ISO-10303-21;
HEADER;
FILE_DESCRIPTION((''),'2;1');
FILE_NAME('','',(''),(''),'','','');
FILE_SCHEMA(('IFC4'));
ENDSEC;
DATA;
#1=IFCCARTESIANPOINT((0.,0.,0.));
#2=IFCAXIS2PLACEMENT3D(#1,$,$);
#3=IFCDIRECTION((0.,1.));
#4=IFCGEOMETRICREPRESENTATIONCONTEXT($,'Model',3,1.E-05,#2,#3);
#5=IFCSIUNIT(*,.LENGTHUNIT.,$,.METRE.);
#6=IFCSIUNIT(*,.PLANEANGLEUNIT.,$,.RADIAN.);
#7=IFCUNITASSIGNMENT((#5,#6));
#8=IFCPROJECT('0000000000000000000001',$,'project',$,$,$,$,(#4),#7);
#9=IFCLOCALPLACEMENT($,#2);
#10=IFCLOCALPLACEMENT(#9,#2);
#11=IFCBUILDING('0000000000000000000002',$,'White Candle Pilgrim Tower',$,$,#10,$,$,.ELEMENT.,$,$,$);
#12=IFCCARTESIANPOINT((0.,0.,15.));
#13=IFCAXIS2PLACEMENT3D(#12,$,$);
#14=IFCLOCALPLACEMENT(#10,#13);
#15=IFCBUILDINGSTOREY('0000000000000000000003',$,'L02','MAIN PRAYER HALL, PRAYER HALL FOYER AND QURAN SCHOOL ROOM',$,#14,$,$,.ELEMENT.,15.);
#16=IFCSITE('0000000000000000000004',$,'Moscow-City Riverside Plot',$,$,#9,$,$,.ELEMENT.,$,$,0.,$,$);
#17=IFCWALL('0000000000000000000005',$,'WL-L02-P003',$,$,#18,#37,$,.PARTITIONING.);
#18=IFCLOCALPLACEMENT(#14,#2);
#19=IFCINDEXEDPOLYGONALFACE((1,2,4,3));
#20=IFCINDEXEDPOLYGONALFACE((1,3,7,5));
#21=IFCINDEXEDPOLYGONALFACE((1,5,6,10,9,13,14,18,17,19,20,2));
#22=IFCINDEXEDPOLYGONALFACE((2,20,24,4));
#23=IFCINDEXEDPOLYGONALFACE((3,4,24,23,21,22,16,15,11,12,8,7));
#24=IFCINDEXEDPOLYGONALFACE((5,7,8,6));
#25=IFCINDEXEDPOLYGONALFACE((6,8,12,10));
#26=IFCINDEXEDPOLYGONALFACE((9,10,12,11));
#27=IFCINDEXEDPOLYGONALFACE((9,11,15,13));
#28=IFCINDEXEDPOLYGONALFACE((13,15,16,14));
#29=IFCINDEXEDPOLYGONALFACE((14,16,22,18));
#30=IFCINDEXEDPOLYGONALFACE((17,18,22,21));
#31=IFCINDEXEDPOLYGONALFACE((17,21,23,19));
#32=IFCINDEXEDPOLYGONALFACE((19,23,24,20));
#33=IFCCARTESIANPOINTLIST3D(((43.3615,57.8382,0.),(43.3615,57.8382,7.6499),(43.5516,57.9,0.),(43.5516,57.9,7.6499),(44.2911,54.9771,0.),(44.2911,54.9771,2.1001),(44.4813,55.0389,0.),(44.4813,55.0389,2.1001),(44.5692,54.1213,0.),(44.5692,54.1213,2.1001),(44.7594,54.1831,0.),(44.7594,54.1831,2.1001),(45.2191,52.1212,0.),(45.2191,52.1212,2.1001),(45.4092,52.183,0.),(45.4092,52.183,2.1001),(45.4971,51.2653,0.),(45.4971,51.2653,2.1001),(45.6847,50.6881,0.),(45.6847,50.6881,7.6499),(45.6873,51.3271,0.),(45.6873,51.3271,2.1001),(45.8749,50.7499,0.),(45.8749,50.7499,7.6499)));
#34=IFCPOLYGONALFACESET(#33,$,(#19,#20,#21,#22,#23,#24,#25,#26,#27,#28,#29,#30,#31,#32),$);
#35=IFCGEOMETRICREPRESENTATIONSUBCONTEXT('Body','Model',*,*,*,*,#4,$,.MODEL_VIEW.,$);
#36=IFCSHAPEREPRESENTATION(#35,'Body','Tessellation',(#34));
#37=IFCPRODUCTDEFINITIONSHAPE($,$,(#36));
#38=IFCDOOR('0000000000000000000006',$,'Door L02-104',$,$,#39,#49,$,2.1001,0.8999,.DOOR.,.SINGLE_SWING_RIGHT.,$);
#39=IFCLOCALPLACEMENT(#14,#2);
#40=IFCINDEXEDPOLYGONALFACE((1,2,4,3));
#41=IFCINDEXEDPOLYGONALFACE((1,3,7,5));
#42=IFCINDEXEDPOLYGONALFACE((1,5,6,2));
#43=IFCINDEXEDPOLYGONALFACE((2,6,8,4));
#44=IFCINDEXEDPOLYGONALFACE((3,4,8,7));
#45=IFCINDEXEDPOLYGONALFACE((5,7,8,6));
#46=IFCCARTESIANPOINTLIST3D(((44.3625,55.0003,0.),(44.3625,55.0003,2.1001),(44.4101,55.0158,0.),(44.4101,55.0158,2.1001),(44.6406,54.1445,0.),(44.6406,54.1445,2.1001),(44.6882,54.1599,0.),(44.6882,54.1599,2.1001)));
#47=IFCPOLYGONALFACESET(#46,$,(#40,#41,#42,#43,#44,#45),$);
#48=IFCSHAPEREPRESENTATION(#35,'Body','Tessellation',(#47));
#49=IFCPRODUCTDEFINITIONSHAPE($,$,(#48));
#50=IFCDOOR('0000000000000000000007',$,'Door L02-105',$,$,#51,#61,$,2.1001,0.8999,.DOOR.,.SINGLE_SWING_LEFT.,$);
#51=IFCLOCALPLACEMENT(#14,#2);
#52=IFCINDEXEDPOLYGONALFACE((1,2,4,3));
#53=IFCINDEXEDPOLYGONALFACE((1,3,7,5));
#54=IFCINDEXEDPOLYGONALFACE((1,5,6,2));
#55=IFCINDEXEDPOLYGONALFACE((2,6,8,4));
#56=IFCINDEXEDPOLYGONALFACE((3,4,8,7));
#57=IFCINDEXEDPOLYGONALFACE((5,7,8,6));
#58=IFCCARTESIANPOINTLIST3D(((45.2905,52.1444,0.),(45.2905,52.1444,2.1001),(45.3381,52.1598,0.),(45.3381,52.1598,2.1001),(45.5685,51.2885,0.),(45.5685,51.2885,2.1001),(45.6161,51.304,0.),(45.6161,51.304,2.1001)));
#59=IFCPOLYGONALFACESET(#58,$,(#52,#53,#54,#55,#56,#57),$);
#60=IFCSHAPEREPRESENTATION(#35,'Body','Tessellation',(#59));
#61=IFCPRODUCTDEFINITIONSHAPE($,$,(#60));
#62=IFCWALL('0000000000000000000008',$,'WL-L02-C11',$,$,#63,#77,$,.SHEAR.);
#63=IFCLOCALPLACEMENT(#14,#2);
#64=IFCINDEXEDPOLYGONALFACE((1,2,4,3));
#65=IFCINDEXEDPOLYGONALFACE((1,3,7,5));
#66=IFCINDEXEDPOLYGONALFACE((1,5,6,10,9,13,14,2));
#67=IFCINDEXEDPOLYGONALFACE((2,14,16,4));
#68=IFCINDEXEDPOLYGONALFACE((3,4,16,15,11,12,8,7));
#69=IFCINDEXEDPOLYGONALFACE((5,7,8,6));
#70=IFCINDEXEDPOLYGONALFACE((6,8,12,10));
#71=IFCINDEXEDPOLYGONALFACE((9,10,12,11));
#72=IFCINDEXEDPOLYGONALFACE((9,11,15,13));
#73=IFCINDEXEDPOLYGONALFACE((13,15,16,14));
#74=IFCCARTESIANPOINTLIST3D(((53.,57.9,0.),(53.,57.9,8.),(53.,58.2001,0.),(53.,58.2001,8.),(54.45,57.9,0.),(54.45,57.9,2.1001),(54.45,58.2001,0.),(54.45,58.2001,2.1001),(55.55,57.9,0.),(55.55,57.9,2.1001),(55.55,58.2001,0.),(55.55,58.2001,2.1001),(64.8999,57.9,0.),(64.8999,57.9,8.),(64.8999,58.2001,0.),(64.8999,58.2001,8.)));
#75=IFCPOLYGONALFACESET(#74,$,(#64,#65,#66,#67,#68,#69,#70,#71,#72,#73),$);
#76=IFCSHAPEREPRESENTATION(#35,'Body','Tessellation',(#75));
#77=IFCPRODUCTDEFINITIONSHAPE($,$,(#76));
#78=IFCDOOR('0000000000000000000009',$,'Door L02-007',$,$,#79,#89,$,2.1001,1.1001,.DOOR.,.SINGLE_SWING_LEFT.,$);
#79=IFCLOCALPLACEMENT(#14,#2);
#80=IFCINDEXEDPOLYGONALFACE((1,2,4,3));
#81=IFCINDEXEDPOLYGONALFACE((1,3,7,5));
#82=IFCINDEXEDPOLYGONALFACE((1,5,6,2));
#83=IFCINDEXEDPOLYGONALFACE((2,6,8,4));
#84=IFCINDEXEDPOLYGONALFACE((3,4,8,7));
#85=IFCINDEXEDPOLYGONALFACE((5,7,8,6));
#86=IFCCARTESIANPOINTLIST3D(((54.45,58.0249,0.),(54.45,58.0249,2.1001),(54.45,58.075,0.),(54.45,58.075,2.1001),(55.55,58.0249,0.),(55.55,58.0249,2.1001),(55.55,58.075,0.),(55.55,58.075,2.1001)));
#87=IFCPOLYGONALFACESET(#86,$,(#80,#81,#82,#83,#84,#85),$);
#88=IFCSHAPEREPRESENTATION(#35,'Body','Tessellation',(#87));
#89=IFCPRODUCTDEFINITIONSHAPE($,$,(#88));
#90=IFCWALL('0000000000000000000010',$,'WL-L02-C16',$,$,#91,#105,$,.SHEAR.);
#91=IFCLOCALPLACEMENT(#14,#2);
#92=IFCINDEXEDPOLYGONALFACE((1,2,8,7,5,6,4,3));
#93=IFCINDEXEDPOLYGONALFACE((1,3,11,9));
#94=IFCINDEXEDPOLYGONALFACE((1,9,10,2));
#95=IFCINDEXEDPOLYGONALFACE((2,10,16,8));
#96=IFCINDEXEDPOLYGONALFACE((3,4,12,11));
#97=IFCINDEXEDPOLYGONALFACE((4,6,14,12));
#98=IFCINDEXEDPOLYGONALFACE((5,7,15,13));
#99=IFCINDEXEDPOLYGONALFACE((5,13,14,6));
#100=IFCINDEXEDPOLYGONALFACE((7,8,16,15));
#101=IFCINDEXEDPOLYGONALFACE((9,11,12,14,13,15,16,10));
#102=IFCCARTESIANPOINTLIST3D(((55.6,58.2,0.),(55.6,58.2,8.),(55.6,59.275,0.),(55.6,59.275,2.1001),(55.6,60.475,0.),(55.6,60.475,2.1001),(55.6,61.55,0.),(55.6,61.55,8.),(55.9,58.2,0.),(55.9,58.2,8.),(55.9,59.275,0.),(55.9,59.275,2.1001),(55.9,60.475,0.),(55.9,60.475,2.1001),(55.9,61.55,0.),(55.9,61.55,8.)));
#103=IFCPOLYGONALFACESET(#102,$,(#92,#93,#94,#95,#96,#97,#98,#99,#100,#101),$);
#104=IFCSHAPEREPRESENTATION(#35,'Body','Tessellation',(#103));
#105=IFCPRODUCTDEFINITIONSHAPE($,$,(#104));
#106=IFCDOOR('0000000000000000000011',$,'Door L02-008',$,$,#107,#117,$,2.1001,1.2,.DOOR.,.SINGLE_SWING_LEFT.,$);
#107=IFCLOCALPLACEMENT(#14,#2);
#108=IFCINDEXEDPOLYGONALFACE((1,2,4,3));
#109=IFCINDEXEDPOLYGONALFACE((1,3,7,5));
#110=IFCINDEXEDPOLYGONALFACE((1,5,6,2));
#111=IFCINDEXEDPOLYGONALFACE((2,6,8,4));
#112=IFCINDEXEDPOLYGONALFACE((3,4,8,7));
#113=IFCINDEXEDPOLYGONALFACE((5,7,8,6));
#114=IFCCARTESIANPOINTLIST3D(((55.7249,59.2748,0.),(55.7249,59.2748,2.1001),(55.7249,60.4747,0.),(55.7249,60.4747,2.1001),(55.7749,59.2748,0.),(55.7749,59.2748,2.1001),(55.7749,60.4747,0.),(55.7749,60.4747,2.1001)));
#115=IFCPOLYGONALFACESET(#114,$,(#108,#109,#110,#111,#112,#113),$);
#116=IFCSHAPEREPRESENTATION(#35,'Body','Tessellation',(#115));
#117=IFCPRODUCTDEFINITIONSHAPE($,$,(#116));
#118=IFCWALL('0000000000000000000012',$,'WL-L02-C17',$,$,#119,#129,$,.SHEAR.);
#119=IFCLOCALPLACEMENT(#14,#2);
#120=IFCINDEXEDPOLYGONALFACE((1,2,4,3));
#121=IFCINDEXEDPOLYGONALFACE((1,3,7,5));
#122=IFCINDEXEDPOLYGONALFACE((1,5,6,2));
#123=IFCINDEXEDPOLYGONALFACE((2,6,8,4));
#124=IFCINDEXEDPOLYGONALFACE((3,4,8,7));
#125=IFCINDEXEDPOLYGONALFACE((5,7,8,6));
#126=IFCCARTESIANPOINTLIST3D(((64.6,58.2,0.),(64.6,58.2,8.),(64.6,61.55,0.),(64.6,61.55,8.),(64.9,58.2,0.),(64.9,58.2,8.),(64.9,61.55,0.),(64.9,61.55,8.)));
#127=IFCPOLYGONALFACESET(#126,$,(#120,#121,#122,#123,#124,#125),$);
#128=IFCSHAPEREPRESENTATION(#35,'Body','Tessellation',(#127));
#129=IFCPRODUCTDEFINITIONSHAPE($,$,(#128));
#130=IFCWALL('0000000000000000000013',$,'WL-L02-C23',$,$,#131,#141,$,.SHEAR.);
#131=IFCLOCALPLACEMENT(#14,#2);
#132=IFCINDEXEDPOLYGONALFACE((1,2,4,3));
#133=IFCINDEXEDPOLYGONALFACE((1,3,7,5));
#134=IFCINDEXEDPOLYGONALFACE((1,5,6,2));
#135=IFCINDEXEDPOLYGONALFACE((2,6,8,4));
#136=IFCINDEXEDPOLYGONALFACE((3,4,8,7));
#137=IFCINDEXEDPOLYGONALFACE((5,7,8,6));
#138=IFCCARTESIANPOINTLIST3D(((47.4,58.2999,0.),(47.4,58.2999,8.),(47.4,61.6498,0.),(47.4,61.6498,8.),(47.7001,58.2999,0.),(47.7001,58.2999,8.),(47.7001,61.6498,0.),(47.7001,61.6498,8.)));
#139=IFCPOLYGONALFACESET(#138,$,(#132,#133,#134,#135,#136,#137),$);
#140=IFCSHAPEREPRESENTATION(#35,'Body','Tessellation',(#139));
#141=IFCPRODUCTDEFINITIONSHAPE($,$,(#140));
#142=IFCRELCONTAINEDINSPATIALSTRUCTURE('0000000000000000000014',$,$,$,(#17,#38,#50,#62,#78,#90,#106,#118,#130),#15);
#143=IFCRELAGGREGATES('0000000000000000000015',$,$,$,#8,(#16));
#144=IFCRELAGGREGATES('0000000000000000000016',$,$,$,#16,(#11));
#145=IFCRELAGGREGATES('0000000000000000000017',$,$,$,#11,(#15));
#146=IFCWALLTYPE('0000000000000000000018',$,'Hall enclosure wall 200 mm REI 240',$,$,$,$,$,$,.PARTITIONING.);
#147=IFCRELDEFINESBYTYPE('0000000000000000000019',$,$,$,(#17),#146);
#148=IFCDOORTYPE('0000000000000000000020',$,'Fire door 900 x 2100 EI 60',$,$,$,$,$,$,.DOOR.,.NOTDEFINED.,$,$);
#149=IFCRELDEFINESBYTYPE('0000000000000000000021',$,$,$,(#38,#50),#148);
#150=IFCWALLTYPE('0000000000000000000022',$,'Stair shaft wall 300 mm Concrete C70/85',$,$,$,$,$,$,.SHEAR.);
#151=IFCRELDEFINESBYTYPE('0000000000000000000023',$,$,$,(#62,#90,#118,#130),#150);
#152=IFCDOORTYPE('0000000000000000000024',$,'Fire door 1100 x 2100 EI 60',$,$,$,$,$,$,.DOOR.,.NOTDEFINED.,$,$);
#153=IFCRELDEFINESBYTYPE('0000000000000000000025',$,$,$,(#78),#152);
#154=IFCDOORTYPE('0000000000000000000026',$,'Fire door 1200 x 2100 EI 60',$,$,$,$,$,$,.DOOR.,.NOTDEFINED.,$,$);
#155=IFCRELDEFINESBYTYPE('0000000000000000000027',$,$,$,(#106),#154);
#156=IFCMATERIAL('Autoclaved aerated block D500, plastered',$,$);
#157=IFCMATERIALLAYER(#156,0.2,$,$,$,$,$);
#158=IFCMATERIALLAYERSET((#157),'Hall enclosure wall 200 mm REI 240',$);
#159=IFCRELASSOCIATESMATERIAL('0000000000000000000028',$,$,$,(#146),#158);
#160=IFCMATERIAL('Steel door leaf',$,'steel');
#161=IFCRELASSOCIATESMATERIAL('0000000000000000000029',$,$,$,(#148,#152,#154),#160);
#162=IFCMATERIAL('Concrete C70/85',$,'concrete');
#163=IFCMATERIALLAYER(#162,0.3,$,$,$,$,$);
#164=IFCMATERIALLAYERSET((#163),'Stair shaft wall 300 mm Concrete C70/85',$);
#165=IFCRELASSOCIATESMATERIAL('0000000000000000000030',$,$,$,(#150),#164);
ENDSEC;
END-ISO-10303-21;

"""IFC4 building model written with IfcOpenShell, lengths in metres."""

from ifc_helpers import new_model, si_unit, direction, frame, frame_2d, origin, place, context, subcontext, project, spatial, rectangle, extrude, material, layer, layer_set, type_object, element, fill, save


model = new_model("IFC4")

# Units and contexts
model_context = context("Model", 3, precision=1e-05, world=origin(), true_north=direction((0.0, 1.0)))
body_context = subcontext(model_context, "Body", "Model", "MODEL_VIEW")
ifc_project = project(units=[si_unit("LENGTHUNIT", "METRE"), si_unit("PLANEANGLEUNIT", "RADIAN")], contexts=[model_context])

# Site, building, storey
site_placement = place(None, origin())
site = spatial("IfcSite", under=ifc_project, at=site_placement, Name="Moscow-City Riverside Plot", CompositionType="ELEMENT", RefElevation=0.0)
building_placement = place(site_placement, origin())
building = spatial("IfcBuilding", under=site, at=building_placement, Name="White Candle Pilgrim Tower", CompositionType="ELEMENT")
storey_placement = place(building_placement, frame((0.0, 0.0, 15.0)))
storey = spatial("IfcBuildingStorey", under=building, at=storey_placement, Name="L02", Description="MAIN PRAYER HALL, PRAYER HALL FOYER AND QURAN SCHOOL ROOM", CompositionType="ELEMENT", Elevation=15.0)

# Shared definitions
ifc_material_1 = material(Name="Concrete C70/85", Category="concrete")

# Wall, openings, doors
ifc_material_2 = material(Name="Autoclaved aerated block D500, plastered")
ifc_layer_1 = layer(ifc_material_2, 0.2)
ifc_layer_set_1 = layer_set([ifc_layer_1], Name="Hall enclosure wall 200 mm REI 240")
wall_type_1 = type_object("IfcWallType", Name="Hall enclosure wall 200 mm REI 240", PredefinedType="PARTITIONING", material=ifc_layer_set_1)
wall_1_placement = place(storey_placement, frame((45.7798, 50.719, 0.0), z_axis=(0.0, 0.0, 1.0), x_axis=(-0.309019, 0.951056, 0.0)))
wall_1 = element("IfcWall", 1, at=wall_1_placement, inside=storey, type_object=wall_type_1, Name="WL-L02-P003", PredefinedType="PARTITIONING", context=body_context, shape_type="SweptSolid", body=[
    extrude(rectangle(XDim=7.5181, YDim=0.2, at=frame_2d((3.759, 0.0))), origin(), (0.0, 0.0, 1.0), 7.6499),
])
opening_1_placement = place(wall_1_placement, frame((3.6099, 0.0, 0.0)))
opening_1 = element("IfcOpeningElement", 2, at=opening_1_placement, cuts=wall_1, PredefinedType="OPENING", context=body_context, shape_type="SweptSolid", body=[
    extrude(rectangle(XDim=0.8999, YDim=2.1001, at=frame_2d((0.45, 1.05))), frame((0.0, 0.1099, 0.0), z_axis=(0.0, -1.0, 0.0), x_axis=(1.0, 0.0, 0.0)), (0.0, 0.0, 1.0), 0.22),
])
opening_2_placement = place(wall_1_placement, frame((0.6069, 0.0, 0.0)))
opening_2 = element("IfcOpeningElement", 3, at=opening_2_placement, cuts=wall_1, PredefinedType="OPENING", context=body_context, shape_type="SweptSolid", body=[
    extrude(rectangle(XDim=0.8999, YDim=2.1001, at=frame_2d((0.45, 1.05))), frame((0.0, 0.1099, 0.0), z_axis=(0.0, -1.0, 0.0), x_axis=(1.0, 0.0, 0.0)), (0.0, 0.0, 1.0), 0.22),
])
ifc_material_3 = material(Name="Steel door leaf", Category="steel")
door_type_1 = type_object("IfcDoorType", Name="Fire door 900 x 2100 EI 60", OperationType="NOTDEFINED", PredefinedType="DOOR", material=ifc_material_3)
door_1_placement = place(opening_1_placement, origin())
door_1 = element("IfcDoor", 4, at=door_1_placement, inside=storey, type_object=door_type_1, Name="Door L02-104", OperationType="SINGLE_SWING_RIGHT", OverallHeight=2.1001, OverallWidth=0.8999, PredefinedType="DOOR", context=body_context, shape_type="SweptSolid", body=[
    extrude(rectangle(XDim=0.8999, YDim=2.1001, at=frame_2d((0.45, 1.05))), frame((0.0, 0.0249, 0.0), z_axis=(0.0, -1.0, 0.0), x_axis=(1.0, 0.0, 0.0)), (0.0, 0.0, 1.0), 0.05),
])
fill(opening_1, door_1)
door_2_placement = place(opening_2_placement, origin())
door_2 = element("IfcDoor", 5, at=door_2_placement, inside=storey, type_object=door_type_1, Name="Door L02-105", OperationType="SINGLE_SWING_LEFT", OverallHeight=2.1001, OverallWidth=0.8999, PredefinedType="DOOR", context=body_context, shape_type="SweptSolid", body=[
    extrude(rectangle(XDim=0.8999, YDim=2.1001, at=frame_2d((0.45, 1.05))), frame((0.0, 0.0249, 0.0), z_axis=(0.0, -1.0, 0.0), x_axis=(1.0, 0.0, 0.0)), (0.0, 0.0, 1.0), 0.05),
])
fill(opening_2, door_2)

# Walls, openings, doors
ifc_layer_2 = layer(ifc_material_1, 0.3)
ifc_layer_set_2 = layer_set([ifc_layer_2], Name="Stair shaft wall 300 mm Concrete C70/85")
wall_type_2 = type_object("IfcWallType", Name="Stair shaft wall 300 mm Concrete C70/85", PredefinedType="SHEAR", material=ifc_layer_set_2)
wall_2_placement = place(storey_placement, frame((53.0, 58.05, 0.0), z_axis=(0.0, 0.0, 1.0), x_axis=(1.0, 0.0, 0.0)))
wall_2 = element("IfcWall", 6, at=wall_2_placement, inside=storey, type_object=wall_type_2, Name="WL-L02-C11", PredefinedType="SHEAR", context=body_context, shape_type="SweptSolid", body=[
    extrude(rectangle(XDim=11.8999, YDim=0.3, at=frame_2d((5.95, 0.0))), origin(), (0.0, 0.0, 1.0), 8.0),
])
opening_3_placement = place(wall_2_placement, frame((1.45, 0.0, 0.0)))
opening_3 = element("IfcOpeningElement", 7, at=opening_3_placement, cuts=wall_2, PredefinedType="OPENING", context=body_context, shape_type="SweptSolid", body=[
    extrude(rectangle(XDim=1.1001, YDim=2.1001, at=frame_2d((0.55, 1.05))), frame((0.0, 0.1599, 0.0), z_axis=(0.0, -1.0, 0.0), x_axis=(1.0, 0.0, 0.0)), (0.0, 0.0, 1.0), 0.3201),
])
door_type_2 = type_object("IfcDoorType", Name="Fire door 1100 x 2100 EI 60", OperationType="NOTDEFINED", PredefinedType="DOOR", material=ifc_material_3)
door_3_placement = place(opening_3_placement, origin())
door_3 = element("IfcDoor", 8, at=door_3_placement, inside=storey, type_object=door_type_2, Name="Door L02-007", OperationType="SINGLE_SWING_LEFT", OverallHeight=2.1001, OverallWidth=1.1001, PredefinedType="DOOR", context=body_context, shape_type="SweptSolid", body=[
    extrude(rectangle(XDim=1.1001, YDim=2.1001, at=frame_2d((0.55, 1.05))), frame((0.0, 0.0249, 0.0), z_axis=(0.0, -1.0, 0.0), x_axis=(1.0, 0.0, 0.0)), (0.0, 0.0, 1.0), 0.05),
])
fill(opening_3, door_3)
wall_3_placement = place(storey_placement, frame((55.75, 58.2, 0.0), z_axis=(0.0, 0.0, 1.0), x_axis=(0.0, 1.0, 0.0)))
wall_3 = element("IfcWall", 9, at=wall_3_placement, inside=storey, type_object=wall_type_2, Name="WL-L02-C16", PredefinedType="SHEAR", context=body_context, shape_type="SweptSolid", body=[
    extrude(rectangle(XDim=3.3501, YDim=0.3, at=frame_2d((1.675, 0.0))), origin(), (0.0, 0.0, 1.0), 8.0),
])
opening_4_placement = place(wall_3_placement, frame((1.075, 0.0, 0.0)))
opening_4 = element("IfcOpeningElement", 10, at=opening_4_placement, cuts=wall_3, PredefinedType="OPENING", context=body_context, shape_type="SweptSolid", body=[
    extrude(rectangle(XDim=1.2, YDim=2.1001, at=frame_2d((0.6001, 1.05))), frame((0.0, 0.1599, 0.0), z_axis=(0.0, -1.0, 0.0), x_axis=(1.0, 0.0, 0.0)), (0.0, 0.0, 1.0), 0.3201),
])
door_type_3 = type_object("IfcDoorType", Name="Fire door 1200 x 2100 EI 60", OperationType="NOTDEFINED", PredefinedType="DOOR", material=ifc_material_3)
door_4_placement = place(opening_4_placement, frame((1.2, 0.0, 0.0), z_axis=(0.0, 0.0, 1.0), x_axis=(-1.0, 0.0, 0.0)))
door_4 = element("IfcDoor", 11, at=door_4_placement, inside=storey, type_object=door_type_3, Name="Door L02-008", OperationType="SINGLE_SWING_LEFT", OverallHeight=2.1001, OverallWidth=1.2, PredefinedType="DOOR", context=body_context, shape_type="SweptSolid", body=[
    extrude(rectangle(XDim=1.2, YDim=2.1001, at=frame_2d((0.6001, 1.05))), frame((0.0, 0.0249, 0.0), z_axis=(0.0, -1.0, 0.0), x_axis=(1.0, 0.0, 0.0)), (0.0, 0.0, 1.0), 0.05),
])
fill(opening_4, door_4)

# Walls
wall_4_placement = place(storey_placement, frame((64.75, 58.2, 0.0), z_axis=(0.0, 0.0, 1.0), x_axis=(0.0, 1.0, 0.0)))
element("IfcWall", 12, at=wall_4_placement, inside=storey, type_object=wall_type_2, Name="WL-L02-C17", PredefinedType="SHEAR", context=body_context, shape_type="SweptSolid", body=[
    extrude(rectangle(XDim=3.3501, YDim=0.3, at=frame_2d((1.675, 0.0))), origin(), (0.0, 0.0, 1.0), 8.0),
])
wall_5_placement = place(storey_placement, frame((47.55, 58.3, 0.0), z_axis=(0.0, 0.0, 1.0), x_axis=(0.0, 1.0, 0.0)))
element("IfcWall", 13, at=wall_5_placement, inside=storey, type_object=wall_type_2, Name="WL-L02-C23", PredefinedType="SHEAR", context=body_context, shape_type="SweptSolid", body=[
    extrude(rectangle(XDim=3.3499, YDim=0.3, at=frame_2d((1.6748, 0.0))), origin(), (0.0, 0.0, 1.0), 8.0),
])

save(model, "model.ifc")
